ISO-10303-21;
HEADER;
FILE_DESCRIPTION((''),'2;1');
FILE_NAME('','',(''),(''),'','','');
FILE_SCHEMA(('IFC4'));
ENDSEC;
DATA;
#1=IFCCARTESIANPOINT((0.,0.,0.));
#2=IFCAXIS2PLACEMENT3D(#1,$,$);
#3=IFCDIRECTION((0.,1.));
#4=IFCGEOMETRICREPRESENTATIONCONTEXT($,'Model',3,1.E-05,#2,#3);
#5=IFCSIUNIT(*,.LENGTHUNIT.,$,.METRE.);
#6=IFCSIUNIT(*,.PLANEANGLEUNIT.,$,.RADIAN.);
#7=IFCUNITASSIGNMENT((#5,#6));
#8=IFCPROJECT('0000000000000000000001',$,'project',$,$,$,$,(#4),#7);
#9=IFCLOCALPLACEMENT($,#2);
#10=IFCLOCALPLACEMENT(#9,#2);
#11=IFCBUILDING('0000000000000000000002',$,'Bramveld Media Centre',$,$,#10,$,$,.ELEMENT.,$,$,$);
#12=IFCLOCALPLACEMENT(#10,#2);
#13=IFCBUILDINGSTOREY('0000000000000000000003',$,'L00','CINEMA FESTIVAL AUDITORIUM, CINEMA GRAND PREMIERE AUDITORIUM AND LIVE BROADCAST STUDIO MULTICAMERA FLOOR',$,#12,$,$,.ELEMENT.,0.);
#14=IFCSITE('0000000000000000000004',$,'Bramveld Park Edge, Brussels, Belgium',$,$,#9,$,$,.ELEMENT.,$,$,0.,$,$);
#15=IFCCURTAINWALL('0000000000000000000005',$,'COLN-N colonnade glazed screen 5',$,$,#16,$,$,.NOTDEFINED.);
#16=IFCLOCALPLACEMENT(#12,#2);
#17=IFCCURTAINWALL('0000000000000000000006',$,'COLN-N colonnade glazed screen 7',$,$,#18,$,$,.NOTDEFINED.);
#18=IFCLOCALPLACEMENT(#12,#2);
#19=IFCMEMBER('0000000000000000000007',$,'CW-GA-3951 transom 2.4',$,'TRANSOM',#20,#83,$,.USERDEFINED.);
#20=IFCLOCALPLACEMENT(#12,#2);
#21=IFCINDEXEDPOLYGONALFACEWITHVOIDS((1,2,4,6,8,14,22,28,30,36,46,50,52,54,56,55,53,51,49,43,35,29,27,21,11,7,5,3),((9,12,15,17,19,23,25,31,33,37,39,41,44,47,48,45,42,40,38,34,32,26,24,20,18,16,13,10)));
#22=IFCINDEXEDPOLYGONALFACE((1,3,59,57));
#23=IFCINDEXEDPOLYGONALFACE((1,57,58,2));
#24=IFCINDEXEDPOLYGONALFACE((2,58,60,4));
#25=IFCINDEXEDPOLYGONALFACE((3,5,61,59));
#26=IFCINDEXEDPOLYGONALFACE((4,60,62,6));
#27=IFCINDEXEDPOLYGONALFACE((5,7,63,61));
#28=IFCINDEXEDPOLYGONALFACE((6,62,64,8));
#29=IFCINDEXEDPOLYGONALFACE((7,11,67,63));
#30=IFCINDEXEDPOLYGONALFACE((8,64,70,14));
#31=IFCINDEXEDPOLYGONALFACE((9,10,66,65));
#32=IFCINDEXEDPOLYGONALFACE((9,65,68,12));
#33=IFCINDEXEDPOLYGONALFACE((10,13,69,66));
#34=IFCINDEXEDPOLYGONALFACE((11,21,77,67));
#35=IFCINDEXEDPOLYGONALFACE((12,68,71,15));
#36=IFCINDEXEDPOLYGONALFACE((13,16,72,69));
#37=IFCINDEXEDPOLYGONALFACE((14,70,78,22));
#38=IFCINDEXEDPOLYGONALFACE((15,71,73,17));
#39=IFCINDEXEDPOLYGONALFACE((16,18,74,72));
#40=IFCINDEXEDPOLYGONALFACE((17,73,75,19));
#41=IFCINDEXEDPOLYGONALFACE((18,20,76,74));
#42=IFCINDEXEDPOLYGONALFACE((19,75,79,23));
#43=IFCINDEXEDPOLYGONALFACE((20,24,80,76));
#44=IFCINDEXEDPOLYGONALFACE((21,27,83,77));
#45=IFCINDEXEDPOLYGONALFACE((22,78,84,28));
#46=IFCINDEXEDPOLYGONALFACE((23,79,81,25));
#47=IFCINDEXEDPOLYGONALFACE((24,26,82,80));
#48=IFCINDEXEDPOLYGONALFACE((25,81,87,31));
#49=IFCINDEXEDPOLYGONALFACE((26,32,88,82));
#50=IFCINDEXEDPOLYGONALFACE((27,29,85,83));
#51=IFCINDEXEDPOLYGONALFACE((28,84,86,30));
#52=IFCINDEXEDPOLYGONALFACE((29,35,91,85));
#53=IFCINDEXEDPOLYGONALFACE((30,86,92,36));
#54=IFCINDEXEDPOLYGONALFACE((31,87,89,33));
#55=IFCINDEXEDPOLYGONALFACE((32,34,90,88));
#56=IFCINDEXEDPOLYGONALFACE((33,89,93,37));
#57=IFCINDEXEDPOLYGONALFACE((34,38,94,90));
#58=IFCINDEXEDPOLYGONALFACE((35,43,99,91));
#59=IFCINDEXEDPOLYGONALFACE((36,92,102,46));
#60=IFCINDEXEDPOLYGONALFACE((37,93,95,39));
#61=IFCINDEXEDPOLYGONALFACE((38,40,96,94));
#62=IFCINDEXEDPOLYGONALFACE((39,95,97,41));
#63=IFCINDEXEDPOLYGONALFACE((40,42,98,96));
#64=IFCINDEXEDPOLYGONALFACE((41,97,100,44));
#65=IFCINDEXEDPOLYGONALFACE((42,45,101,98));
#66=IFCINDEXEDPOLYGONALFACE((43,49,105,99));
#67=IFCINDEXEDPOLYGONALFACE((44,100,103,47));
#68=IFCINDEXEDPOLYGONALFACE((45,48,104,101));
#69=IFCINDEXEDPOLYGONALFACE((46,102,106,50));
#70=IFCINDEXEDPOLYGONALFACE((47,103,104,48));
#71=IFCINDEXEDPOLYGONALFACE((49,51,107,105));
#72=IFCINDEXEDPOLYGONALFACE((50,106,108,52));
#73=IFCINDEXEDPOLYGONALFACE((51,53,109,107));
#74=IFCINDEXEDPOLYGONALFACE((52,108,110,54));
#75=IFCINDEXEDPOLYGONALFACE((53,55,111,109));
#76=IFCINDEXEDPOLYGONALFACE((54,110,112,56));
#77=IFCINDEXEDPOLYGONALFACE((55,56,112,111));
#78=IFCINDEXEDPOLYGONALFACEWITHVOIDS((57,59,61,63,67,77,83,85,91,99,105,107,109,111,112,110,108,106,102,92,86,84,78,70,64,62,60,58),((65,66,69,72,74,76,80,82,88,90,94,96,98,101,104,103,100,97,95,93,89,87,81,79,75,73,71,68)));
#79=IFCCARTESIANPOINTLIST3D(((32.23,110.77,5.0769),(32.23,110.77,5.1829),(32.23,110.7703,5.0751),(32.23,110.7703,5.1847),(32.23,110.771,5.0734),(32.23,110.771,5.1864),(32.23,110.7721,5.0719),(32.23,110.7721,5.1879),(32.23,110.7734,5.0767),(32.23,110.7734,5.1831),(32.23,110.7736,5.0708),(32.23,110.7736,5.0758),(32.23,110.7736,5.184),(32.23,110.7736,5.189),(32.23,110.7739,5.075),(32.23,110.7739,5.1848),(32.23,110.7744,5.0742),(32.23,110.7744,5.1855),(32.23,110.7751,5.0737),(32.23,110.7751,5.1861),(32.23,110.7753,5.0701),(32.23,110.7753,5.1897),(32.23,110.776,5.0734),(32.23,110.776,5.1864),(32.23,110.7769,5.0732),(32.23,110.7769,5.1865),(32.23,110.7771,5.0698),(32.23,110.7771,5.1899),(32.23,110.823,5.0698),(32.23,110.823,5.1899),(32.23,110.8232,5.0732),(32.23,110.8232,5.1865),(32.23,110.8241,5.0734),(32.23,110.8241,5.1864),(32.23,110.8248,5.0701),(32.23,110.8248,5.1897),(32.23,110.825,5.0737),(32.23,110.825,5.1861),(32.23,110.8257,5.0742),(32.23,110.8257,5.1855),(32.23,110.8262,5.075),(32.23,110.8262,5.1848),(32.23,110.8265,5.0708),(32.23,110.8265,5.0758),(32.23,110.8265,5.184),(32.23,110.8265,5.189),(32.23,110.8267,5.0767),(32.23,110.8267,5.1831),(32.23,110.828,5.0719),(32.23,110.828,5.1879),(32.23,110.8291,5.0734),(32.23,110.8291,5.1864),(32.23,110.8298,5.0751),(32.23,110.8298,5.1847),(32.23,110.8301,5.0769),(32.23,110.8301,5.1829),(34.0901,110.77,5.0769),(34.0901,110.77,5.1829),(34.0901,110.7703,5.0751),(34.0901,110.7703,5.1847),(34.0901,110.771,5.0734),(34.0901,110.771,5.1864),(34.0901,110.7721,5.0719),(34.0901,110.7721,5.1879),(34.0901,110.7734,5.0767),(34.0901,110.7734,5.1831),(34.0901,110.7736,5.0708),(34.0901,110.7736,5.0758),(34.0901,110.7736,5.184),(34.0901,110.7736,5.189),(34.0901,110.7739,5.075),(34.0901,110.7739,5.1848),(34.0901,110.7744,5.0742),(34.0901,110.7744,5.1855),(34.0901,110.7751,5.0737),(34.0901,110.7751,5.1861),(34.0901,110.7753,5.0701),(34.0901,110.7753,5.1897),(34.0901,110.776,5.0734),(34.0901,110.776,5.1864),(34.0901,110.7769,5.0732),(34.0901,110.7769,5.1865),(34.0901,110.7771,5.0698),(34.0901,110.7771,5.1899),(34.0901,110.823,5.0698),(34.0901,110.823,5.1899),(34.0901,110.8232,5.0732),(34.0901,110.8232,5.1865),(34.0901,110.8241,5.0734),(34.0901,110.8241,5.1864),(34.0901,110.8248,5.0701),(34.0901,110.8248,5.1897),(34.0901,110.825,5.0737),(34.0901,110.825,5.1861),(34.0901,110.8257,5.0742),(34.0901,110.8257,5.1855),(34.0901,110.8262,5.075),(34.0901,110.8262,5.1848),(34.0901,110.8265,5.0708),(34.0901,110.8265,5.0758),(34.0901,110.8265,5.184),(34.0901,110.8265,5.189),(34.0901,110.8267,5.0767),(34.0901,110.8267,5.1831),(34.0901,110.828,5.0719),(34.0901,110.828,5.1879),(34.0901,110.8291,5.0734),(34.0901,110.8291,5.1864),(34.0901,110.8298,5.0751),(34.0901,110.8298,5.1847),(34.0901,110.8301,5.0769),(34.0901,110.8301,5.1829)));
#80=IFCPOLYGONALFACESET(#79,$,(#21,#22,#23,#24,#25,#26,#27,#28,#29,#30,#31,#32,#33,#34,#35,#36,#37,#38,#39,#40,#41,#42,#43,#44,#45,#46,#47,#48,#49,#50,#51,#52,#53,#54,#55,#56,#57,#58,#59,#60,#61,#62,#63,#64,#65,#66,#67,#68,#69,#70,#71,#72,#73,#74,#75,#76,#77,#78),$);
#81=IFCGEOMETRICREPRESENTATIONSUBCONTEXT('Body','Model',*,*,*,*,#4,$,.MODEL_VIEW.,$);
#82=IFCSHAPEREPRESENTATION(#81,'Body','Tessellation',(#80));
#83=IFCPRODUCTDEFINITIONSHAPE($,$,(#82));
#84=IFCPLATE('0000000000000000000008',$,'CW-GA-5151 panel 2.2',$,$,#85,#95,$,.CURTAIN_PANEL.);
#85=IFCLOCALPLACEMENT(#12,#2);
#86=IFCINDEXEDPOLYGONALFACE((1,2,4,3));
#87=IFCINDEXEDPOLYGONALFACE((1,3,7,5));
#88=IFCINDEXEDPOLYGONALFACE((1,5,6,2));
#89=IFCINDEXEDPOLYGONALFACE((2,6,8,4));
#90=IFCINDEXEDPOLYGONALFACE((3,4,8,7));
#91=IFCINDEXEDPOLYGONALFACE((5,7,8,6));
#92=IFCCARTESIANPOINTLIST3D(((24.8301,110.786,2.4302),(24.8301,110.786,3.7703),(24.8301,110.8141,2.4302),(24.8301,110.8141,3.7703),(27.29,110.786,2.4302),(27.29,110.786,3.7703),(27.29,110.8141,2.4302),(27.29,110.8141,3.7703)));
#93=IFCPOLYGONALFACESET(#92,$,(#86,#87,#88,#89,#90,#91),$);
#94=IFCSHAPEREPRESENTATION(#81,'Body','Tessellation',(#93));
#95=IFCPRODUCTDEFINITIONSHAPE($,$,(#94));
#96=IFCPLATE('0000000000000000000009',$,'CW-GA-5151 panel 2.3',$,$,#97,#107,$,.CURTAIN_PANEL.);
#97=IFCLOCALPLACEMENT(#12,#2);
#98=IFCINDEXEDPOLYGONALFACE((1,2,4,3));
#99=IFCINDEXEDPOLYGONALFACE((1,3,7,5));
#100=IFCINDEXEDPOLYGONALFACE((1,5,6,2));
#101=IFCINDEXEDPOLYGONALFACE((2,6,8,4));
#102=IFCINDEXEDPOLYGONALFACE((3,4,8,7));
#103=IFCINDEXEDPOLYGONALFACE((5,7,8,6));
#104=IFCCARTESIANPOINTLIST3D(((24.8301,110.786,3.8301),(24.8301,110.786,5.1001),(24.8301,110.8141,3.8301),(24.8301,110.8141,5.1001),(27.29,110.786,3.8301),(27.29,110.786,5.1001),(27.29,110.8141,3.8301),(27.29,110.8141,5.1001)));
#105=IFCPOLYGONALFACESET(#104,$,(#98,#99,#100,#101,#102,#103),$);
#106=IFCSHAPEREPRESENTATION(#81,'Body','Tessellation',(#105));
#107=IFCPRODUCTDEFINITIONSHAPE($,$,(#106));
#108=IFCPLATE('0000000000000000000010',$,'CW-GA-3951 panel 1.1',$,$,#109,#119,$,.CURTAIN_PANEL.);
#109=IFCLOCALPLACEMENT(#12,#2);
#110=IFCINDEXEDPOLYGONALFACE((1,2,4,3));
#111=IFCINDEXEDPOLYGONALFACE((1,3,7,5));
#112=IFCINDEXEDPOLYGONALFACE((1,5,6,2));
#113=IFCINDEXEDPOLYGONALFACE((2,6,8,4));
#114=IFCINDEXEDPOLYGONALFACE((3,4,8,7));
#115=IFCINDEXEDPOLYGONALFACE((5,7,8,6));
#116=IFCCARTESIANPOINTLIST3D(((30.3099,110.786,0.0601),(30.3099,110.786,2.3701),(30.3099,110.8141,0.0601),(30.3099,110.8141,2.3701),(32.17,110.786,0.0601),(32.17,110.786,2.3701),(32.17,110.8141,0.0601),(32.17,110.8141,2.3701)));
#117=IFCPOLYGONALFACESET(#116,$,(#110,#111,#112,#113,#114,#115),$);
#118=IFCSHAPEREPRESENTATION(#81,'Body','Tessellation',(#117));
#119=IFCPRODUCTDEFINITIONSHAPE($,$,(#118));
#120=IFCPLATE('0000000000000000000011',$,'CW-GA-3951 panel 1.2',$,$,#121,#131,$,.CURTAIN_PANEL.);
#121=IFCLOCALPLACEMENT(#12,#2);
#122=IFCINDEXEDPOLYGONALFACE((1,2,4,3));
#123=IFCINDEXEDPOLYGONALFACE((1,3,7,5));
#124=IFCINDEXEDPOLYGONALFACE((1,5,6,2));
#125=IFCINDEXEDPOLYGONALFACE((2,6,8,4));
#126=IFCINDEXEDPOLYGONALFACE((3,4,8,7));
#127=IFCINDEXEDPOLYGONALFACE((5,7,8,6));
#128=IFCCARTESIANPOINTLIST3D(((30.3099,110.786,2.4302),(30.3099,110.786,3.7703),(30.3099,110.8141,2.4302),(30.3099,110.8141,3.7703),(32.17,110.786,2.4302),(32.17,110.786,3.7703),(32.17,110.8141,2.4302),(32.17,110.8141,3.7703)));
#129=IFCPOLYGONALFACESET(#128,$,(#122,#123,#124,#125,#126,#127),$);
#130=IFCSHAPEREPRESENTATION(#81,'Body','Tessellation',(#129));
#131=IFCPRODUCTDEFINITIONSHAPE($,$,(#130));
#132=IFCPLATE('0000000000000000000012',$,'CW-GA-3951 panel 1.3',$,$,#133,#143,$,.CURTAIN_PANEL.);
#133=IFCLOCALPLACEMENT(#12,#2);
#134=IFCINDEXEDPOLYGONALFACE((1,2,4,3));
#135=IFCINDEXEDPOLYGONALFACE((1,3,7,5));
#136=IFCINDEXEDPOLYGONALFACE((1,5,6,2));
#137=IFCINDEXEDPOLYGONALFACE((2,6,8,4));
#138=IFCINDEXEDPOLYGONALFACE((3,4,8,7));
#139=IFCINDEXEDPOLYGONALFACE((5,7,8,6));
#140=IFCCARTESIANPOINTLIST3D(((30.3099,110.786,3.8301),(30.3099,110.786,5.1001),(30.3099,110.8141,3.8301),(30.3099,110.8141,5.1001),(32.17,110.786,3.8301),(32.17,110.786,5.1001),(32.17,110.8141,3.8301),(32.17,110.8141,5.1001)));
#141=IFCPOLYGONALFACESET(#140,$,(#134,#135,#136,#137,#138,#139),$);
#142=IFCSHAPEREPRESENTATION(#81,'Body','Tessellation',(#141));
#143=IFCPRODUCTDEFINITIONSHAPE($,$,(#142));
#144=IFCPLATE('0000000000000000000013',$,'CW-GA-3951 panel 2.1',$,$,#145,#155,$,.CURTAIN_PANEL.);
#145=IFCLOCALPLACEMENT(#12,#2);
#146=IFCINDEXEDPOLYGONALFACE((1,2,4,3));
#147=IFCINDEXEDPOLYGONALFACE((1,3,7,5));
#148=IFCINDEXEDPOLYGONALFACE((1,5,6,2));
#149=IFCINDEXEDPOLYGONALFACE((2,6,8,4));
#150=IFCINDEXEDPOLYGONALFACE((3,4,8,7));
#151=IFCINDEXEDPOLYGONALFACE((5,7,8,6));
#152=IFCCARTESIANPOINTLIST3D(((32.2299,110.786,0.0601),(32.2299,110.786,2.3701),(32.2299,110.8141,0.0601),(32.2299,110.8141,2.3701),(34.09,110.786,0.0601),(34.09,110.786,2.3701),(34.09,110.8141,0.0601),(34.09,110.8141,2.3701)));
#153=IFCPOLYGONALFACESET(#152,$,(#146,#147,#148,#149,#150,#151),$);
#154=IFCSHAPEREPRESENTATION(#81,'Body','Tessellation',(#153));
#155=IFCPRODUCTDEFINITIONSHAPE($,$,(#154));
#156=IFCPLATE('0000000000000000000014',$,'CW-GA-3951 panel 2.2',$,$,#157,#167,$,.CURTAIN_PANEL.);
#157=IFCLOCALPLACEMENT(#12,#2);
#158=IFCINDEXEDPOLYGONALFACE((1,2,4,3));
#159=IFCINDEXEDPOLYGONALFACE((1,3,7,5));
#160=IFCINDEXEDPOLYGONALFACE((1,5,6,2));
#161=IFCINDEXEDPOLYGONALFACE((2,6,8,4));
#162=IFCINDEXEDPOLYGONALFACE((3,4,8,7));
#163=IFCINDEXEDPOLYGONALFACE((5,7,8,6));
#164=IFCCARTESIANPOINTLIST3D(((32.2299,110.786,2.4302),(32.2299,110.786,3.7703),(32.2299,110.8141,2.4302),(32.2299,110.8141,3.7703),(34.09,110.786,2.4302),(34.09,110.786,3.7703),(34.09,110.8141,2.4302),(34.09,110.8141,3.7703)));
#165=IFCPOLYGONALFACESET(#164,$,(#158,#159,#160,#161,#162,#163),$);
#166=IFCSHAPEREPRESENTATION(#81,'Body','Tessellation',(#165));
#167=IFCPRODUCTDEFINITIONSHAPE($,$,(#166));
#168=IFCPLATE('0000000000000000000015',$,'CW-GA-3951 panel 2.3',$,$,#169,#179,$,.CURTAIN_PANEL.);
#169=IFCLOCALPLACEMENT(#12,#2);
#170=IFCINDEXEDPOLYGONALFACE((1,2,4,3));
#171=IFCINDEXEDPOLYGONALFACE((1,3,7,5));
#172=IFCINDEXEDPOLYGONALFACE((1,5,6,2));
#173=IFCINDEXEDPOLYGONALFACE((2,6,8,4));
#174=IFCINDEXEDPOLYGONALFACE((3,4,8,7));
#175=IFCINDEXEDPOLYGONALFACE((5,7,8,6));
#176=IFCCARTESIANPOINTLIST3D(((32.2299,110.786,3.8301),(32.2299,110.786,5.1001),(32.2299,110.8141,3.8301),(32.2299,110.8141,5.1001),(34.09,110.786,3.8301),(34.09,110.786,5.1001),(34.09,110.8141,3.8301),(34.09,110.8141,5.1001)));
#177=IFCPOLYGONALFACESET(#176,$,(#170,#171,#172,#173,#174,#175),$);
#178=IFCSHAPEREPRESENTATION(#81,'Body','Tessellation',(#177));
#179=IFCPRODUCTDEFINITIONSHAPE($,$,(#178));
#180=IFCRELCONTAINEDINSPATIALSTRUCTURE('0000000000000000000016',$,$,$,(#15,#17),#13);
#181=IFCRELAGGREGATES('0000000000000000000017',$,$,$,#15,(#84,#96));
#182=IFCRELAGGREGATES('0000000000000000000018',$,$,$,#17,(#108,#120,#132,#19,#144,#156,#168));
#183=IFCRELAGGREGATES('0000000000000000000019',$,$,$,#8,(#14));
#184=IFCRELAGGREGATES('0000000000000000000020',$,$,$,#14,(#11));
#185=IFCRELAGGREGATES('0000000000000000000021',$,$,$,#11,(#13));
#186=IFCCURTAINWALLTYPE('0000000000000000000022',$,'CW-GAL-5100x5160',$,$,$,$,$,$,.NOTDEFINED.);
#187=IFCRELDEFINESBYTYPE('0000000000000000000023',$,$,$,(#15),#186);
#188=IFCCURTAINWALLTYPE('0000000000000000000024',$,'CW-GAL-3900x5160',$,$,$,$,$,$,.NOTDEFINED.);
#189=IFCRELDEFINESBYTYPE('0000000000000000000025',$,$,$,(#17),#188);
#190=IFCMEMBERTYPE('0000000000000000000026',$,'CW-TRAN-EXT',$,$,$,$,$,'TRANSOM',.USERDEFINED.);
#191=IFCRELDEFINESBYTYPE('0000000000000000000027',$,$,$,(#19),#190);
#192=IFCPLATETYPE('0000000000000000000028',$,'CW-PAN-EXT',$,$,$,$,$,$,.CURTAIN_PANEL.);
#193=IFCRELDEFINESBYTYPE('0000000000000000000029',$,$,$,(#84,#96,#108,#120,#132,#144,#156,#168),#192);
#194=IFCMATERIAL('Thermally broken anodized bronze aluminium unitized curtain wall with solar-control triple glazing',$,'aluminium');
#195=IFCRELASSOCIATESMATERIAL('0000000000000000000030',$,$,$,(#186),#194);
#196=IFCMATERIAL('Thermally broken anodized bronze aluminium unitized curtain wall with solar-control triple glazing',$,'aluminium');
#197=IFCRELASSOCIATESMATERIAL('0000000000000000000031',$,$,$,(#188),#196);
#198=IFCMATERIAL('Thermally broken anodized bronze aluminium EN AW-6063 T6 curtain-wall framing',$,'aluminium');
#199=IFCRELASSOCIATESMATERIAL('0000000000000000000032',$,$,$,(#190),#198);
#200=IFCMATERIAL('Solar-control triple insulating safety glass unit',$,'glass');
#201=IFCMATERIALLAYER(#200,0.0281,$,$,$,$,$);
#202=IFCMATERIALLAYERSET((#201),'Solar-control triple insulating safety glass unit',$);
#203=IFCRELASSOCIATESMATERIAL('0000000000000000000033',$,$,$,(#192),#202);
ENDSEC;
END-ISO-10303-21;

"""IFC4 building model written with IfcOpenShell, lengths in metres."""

from ifc_helpers import new_model, si_unit, direction, frame, origin, origin_2d, place, context, subcontext, project, spatial, rectangle, hollow_rectangle, extrude, material, layer, layer_set, material_profile, profile_set, type_object, element, aggregate, save


model = new_model("IFC4")

# Units and contexts
model_context = context("Model", 3, precision=1e-05, world=origin(), true_north=direction((0.0, 1.0)))
body_context = subcontext(model_context, "Body", "Model", "MODEL_VIEW")
ifc_project = project(units=[si_unit("LENGTHUNIT", "METRE"), si_unit("PLANEANGLEUNIT", "RADIAN")], contexts=[model_context])

# Site, building, storey
site_placement = place(None, origin())
site = spatial("IfcSite", under=ifc_project, at=site_placement, Name="Bramveld Park Edge, Brussels, Belgium", CompositionType="ELEMENT", RefElevation=0.0)
building_placement = place(site_placement, origin())
building = spatial("IfcBuilding", under=site, at=building_placement, Name="Bramveld Media Centre", CompositionType="ELEMENT")
storey_placement = place(building_placement, origin())
storey = spatial("IfcBuildingStorey", under=building, at=storey_placement, Name="L00", Description="CINEMA FESTIVAL AUDITORIUM, CINEMA GRAND PREMIERE AUDITORIUM AND LIVE BROADCAST STUDIO MULTICAMERA FLOOR", CompositionType="ELEMENT", Elevation=0.0)

# Curtain wall
ifc_material_1 = material(Name="Thermally broken anodized bronze aluminium unitized curtain wall with solar-control triple glazing", Category="aluminium")
curtain_wall_type_1 = type_object("IfcCurtainWallType", Name="CW-GAL-5100x5160", PredefinedType="NOTDEFINED", material=ifc_material_1)
curtain_wall_1_placement = place(storey_placement, origin())
curtain_wall_1 = element("IfcCurtainWall", 1, at=curtain_wall_1_placement, inside=storey, type_object=curtain_wall_type_1, Name="COLN-N colonnade glazed screen 5", PredefinedType="NOTDEFINED")

# Curtain wall, member
ifc_material_2 = material(Name="Thermally broken anodized bronze aluminium unitized curtain wall with solar-control triple glazing", Category="aluminium")
curtain_wall_type_2 = type_object("IfcCurtainWallType", Name="CW-GAL-3900x5160", PredefinedType="NOTDEFINED", material=ifc_material_2)
curtain_wall_2_placement = place(storey_placement, origin())
curtain_wall_2 = element("IfcCurtainWall", 2, at=curtain_wall_2_placement, inside=storey, type_object=curtain_wall_type_2, Name="COLN-N colonnade glazed screen 7", PredefinedType="NOTDEFINED")
ifc_material_3 = material(Name="Thermally broken anodized bronze aluminium EN AW-6063 T6 curtain-wall framing", Category="aluminium")
ifc_material_profile_1 = material_profile(ifc_material_3, hollow_rectangle(XDim=0.0601, YDim=0.1201, WallThickness=0.0034, InnerFilletRadius=0.0034, OuterFilletRadius=0.0071, at=origin_2d()), Name="AL-TRAN 60x120")
ifc_profile_set_1 = profile_set([ifc_material_profile_1], Name="Thermally broken anodized bronze aluminium EN AW-6063 T6 curtain-wall framing")
member_type_1 = type_object("IfcMemberType", Name="CW-TRAN-EXT", ElementType="TRANSOM", PredefinedType="USERDEFINED", material=ifc_profile_set_1)
member_1_placement = place(storey_placement, frame((32.23, 110.8, 5.1299), z_axis=(1.0, 0.0, 0.0), x_axis=(0.0, 1.0, 0.0)))
member_1 = element("IfcMember", 3, at=member_1_placement, type_object=member_type_1, Name="CW-GA-3951 transom 2.4", ObjectType="TRANSOM", PredefinedType="USERDEFINED", context=body_context, shape_type="SweptSolid", body=[
    extrude(hollow_rectangle(XDim=0.0601, YDim=0.1201, WallThickness=0.0034, InnerFilletRadius=0.0034, OuterFilletRadius=0.0071, at=origin_2d()), origin(), (0.0, 0.0, 1.0), 1.8601),
])

# Plates
ifc_material_4 = material(Name="Solar-control triple insulating safety glass unit", Category="glass")
ifc_layer = layer(ifc_material_4, 0.0281)
ifc_layer_set = layer_set([ifc_layer], Name="Solar-control triple insulating safety glass unit")
plate_type = type_object("IfcPlateType", Name="CW-PAN-EXT", PredefinedType="CURTAIN_PANEL", material=ifc_layer_set)
plate_1_placement = place(storey_placement, frame((26.0601, 110.8, 2.4302), z_axis=(0.0, 0.0, 1.0), x_axis=(1.0, 0.0, 0.0)))
plate_1 = element("IfcPlate", 4, at=plate_1_placement, type_object=plate_type, Name="CW-GA-5151 panel 2.2", PredefinedType="CURTAIN_PANEL", context=body_context, shape_type="SweptSolid", body=[
    extrude(rectangle(XDim=2.46, YDim=0.0281, at=origin_2d()), origin(), (0.0, 0.0, 1.0), 1.3401),
])
plate_2_placement = place(storey_placement, frame((26.0601, 110.8, 3.8301), z_axis=(0.0, 0.0, 1.0), x_axis=(1.0, 0.0, 0.0)))
plate_2 = element("IfcPlate", 5, at=plate_2_placement, type_object=plate_type, Name="CW-GA-5151 panel 2.3", PredefinedType="CURTAIN_PANEL", context=body_context, shape_type="SweptSolid", body=[
    extrude(rectangle(XDim=2.46, YDim=0.0281, at=origin_2d()), origin(), (0.0, 0.0, 1.0), 1.27),
])
aggregate(curtain_wall_1, [plate_1, plate_2])
plate_3_placement = place(storey_placement, frame((31.24, 110.8, 0.0601), z_axis=(0.0, 0.0, 1.0), x_axis=(1.0, 0.0, 0.0)))
plate_3 = element("IfcPlate", 6, at=plate_3_placement, type_object=plate_type, Name="CW-GA-3951 panel 1.1", PredefinedType="CURTAIN_PANEL", context=body_context, shape_type="SweptSolid", body=[
    extrude(rectangle(XDim=1.8601, YDim=0.0281, at=origin_2d()), origin(), (0.0, 0.0, 1.0), 2.3101),
])
plate_4_placement = place(storey_placement, frame((31.24, 110.8, 2.4302), z_axis=(0.0, 0.0, 1.0), x_axis=(1.0, 0.0, 0.0)))
plate_4 = element("IfcPlate", 7, at=plate_4_placement, type_object=plate_type, Name="CW-GA-3951 panel 1.2", PredefinedType="CURTAIN_PANEL", context=body_context, shape_type="SweptSolid", body=[
    extrude(rectangle(XDim=1.8601, YDim=0.0281, at=origin_2d()), origin(), (0.0, 0.0, 1.0), 1.3401),
])
plate_5_placement = place(storey_placement, frame((31.24, 110.8, 3.8301), z_axis=(0.0, 0.0, 1.0), x_axis=(1.0, 0.0, 0.0)))
plate_5 = element("IfcPlate", 8, at=plate_5_placement, type_object=plate_type, Name="CW-GA-3951 panel 1.3", PredefinedType="CURTAIN_PANEL", context=body_context, shape_type="SweptSolid", body=[
    extrude(rectangle(XDim=1.8601, YDim=0.0281, at=origin_2d()), origin(), (0.0, 0.0, 1.0), 1.27),
])
plate_6_placement = place(storey_placement, frame((33.1599, 110.8, 0.0601), z_axis=(0.0, 0.0, 1.0), x_axis=(1.0, 0.0, 0.0)))
plate_6 = element("IfcPlate", 9, at=plate_6_placement, type_object=plate_type, Name="CW-GA-3951 panel 2.1", PredefinedType="CURTAIN_PANEL", context=body_context, shape_type="SweptSolid", body=[
    extrude(rectangle(XDim=1.8601, YDim=0.0281, at=origin_2d()), origin(), (0.0, 0.0, 1.0), 2.3101),
])
plate_7_placement = place(storey_placement, frame((33.1599, 110.8, 2.4302), z_axis=(0.0, 0.0, 1.0), x_axis=(1.0, 0.0, 0.0)))
plate_7 = element("IfcPlate", 10, at=plate_7_placement, type_object=plate_type, Name="CW-GA-3951 panel 2.2", PredefinedType="CURTAIN_PANEL", context=body_context, shape_type="SweptSolid", body=[
    extrude(rectangle(XDim=1.8601, YDim=0.0281, at=origin_2d()), origin(), (0.0, 0.0, 1.0), 1.3401),
])
plate_8_placement = place(storey_placement, frame((33.1599, 110.8, 3.8301), z_axis=(0.0, 0.0, 1.0), x_axis=(1.0, 0.0, 0.0)))
plate_8 = element("IfcPlate", 11, at=plate_8_placement, type_object=plate_type, Name="CW-GA-3951 panel 2.3", PredefinedType="CURTAIN_PANEL", context=body_context, shape_type="SweptSolid", body=[
    extrude(rectangle(XDim=1.8601, YDim=0.0281, at=origin_2d()), origin(), (0.0, 0.0, 1.0), 1.27),
])
aggregate(curtain_wall_2, [plate_3, plate_4, plate_5, member_1, plate_6, plate_7, plate_8])

save(model, "model.ifc")
